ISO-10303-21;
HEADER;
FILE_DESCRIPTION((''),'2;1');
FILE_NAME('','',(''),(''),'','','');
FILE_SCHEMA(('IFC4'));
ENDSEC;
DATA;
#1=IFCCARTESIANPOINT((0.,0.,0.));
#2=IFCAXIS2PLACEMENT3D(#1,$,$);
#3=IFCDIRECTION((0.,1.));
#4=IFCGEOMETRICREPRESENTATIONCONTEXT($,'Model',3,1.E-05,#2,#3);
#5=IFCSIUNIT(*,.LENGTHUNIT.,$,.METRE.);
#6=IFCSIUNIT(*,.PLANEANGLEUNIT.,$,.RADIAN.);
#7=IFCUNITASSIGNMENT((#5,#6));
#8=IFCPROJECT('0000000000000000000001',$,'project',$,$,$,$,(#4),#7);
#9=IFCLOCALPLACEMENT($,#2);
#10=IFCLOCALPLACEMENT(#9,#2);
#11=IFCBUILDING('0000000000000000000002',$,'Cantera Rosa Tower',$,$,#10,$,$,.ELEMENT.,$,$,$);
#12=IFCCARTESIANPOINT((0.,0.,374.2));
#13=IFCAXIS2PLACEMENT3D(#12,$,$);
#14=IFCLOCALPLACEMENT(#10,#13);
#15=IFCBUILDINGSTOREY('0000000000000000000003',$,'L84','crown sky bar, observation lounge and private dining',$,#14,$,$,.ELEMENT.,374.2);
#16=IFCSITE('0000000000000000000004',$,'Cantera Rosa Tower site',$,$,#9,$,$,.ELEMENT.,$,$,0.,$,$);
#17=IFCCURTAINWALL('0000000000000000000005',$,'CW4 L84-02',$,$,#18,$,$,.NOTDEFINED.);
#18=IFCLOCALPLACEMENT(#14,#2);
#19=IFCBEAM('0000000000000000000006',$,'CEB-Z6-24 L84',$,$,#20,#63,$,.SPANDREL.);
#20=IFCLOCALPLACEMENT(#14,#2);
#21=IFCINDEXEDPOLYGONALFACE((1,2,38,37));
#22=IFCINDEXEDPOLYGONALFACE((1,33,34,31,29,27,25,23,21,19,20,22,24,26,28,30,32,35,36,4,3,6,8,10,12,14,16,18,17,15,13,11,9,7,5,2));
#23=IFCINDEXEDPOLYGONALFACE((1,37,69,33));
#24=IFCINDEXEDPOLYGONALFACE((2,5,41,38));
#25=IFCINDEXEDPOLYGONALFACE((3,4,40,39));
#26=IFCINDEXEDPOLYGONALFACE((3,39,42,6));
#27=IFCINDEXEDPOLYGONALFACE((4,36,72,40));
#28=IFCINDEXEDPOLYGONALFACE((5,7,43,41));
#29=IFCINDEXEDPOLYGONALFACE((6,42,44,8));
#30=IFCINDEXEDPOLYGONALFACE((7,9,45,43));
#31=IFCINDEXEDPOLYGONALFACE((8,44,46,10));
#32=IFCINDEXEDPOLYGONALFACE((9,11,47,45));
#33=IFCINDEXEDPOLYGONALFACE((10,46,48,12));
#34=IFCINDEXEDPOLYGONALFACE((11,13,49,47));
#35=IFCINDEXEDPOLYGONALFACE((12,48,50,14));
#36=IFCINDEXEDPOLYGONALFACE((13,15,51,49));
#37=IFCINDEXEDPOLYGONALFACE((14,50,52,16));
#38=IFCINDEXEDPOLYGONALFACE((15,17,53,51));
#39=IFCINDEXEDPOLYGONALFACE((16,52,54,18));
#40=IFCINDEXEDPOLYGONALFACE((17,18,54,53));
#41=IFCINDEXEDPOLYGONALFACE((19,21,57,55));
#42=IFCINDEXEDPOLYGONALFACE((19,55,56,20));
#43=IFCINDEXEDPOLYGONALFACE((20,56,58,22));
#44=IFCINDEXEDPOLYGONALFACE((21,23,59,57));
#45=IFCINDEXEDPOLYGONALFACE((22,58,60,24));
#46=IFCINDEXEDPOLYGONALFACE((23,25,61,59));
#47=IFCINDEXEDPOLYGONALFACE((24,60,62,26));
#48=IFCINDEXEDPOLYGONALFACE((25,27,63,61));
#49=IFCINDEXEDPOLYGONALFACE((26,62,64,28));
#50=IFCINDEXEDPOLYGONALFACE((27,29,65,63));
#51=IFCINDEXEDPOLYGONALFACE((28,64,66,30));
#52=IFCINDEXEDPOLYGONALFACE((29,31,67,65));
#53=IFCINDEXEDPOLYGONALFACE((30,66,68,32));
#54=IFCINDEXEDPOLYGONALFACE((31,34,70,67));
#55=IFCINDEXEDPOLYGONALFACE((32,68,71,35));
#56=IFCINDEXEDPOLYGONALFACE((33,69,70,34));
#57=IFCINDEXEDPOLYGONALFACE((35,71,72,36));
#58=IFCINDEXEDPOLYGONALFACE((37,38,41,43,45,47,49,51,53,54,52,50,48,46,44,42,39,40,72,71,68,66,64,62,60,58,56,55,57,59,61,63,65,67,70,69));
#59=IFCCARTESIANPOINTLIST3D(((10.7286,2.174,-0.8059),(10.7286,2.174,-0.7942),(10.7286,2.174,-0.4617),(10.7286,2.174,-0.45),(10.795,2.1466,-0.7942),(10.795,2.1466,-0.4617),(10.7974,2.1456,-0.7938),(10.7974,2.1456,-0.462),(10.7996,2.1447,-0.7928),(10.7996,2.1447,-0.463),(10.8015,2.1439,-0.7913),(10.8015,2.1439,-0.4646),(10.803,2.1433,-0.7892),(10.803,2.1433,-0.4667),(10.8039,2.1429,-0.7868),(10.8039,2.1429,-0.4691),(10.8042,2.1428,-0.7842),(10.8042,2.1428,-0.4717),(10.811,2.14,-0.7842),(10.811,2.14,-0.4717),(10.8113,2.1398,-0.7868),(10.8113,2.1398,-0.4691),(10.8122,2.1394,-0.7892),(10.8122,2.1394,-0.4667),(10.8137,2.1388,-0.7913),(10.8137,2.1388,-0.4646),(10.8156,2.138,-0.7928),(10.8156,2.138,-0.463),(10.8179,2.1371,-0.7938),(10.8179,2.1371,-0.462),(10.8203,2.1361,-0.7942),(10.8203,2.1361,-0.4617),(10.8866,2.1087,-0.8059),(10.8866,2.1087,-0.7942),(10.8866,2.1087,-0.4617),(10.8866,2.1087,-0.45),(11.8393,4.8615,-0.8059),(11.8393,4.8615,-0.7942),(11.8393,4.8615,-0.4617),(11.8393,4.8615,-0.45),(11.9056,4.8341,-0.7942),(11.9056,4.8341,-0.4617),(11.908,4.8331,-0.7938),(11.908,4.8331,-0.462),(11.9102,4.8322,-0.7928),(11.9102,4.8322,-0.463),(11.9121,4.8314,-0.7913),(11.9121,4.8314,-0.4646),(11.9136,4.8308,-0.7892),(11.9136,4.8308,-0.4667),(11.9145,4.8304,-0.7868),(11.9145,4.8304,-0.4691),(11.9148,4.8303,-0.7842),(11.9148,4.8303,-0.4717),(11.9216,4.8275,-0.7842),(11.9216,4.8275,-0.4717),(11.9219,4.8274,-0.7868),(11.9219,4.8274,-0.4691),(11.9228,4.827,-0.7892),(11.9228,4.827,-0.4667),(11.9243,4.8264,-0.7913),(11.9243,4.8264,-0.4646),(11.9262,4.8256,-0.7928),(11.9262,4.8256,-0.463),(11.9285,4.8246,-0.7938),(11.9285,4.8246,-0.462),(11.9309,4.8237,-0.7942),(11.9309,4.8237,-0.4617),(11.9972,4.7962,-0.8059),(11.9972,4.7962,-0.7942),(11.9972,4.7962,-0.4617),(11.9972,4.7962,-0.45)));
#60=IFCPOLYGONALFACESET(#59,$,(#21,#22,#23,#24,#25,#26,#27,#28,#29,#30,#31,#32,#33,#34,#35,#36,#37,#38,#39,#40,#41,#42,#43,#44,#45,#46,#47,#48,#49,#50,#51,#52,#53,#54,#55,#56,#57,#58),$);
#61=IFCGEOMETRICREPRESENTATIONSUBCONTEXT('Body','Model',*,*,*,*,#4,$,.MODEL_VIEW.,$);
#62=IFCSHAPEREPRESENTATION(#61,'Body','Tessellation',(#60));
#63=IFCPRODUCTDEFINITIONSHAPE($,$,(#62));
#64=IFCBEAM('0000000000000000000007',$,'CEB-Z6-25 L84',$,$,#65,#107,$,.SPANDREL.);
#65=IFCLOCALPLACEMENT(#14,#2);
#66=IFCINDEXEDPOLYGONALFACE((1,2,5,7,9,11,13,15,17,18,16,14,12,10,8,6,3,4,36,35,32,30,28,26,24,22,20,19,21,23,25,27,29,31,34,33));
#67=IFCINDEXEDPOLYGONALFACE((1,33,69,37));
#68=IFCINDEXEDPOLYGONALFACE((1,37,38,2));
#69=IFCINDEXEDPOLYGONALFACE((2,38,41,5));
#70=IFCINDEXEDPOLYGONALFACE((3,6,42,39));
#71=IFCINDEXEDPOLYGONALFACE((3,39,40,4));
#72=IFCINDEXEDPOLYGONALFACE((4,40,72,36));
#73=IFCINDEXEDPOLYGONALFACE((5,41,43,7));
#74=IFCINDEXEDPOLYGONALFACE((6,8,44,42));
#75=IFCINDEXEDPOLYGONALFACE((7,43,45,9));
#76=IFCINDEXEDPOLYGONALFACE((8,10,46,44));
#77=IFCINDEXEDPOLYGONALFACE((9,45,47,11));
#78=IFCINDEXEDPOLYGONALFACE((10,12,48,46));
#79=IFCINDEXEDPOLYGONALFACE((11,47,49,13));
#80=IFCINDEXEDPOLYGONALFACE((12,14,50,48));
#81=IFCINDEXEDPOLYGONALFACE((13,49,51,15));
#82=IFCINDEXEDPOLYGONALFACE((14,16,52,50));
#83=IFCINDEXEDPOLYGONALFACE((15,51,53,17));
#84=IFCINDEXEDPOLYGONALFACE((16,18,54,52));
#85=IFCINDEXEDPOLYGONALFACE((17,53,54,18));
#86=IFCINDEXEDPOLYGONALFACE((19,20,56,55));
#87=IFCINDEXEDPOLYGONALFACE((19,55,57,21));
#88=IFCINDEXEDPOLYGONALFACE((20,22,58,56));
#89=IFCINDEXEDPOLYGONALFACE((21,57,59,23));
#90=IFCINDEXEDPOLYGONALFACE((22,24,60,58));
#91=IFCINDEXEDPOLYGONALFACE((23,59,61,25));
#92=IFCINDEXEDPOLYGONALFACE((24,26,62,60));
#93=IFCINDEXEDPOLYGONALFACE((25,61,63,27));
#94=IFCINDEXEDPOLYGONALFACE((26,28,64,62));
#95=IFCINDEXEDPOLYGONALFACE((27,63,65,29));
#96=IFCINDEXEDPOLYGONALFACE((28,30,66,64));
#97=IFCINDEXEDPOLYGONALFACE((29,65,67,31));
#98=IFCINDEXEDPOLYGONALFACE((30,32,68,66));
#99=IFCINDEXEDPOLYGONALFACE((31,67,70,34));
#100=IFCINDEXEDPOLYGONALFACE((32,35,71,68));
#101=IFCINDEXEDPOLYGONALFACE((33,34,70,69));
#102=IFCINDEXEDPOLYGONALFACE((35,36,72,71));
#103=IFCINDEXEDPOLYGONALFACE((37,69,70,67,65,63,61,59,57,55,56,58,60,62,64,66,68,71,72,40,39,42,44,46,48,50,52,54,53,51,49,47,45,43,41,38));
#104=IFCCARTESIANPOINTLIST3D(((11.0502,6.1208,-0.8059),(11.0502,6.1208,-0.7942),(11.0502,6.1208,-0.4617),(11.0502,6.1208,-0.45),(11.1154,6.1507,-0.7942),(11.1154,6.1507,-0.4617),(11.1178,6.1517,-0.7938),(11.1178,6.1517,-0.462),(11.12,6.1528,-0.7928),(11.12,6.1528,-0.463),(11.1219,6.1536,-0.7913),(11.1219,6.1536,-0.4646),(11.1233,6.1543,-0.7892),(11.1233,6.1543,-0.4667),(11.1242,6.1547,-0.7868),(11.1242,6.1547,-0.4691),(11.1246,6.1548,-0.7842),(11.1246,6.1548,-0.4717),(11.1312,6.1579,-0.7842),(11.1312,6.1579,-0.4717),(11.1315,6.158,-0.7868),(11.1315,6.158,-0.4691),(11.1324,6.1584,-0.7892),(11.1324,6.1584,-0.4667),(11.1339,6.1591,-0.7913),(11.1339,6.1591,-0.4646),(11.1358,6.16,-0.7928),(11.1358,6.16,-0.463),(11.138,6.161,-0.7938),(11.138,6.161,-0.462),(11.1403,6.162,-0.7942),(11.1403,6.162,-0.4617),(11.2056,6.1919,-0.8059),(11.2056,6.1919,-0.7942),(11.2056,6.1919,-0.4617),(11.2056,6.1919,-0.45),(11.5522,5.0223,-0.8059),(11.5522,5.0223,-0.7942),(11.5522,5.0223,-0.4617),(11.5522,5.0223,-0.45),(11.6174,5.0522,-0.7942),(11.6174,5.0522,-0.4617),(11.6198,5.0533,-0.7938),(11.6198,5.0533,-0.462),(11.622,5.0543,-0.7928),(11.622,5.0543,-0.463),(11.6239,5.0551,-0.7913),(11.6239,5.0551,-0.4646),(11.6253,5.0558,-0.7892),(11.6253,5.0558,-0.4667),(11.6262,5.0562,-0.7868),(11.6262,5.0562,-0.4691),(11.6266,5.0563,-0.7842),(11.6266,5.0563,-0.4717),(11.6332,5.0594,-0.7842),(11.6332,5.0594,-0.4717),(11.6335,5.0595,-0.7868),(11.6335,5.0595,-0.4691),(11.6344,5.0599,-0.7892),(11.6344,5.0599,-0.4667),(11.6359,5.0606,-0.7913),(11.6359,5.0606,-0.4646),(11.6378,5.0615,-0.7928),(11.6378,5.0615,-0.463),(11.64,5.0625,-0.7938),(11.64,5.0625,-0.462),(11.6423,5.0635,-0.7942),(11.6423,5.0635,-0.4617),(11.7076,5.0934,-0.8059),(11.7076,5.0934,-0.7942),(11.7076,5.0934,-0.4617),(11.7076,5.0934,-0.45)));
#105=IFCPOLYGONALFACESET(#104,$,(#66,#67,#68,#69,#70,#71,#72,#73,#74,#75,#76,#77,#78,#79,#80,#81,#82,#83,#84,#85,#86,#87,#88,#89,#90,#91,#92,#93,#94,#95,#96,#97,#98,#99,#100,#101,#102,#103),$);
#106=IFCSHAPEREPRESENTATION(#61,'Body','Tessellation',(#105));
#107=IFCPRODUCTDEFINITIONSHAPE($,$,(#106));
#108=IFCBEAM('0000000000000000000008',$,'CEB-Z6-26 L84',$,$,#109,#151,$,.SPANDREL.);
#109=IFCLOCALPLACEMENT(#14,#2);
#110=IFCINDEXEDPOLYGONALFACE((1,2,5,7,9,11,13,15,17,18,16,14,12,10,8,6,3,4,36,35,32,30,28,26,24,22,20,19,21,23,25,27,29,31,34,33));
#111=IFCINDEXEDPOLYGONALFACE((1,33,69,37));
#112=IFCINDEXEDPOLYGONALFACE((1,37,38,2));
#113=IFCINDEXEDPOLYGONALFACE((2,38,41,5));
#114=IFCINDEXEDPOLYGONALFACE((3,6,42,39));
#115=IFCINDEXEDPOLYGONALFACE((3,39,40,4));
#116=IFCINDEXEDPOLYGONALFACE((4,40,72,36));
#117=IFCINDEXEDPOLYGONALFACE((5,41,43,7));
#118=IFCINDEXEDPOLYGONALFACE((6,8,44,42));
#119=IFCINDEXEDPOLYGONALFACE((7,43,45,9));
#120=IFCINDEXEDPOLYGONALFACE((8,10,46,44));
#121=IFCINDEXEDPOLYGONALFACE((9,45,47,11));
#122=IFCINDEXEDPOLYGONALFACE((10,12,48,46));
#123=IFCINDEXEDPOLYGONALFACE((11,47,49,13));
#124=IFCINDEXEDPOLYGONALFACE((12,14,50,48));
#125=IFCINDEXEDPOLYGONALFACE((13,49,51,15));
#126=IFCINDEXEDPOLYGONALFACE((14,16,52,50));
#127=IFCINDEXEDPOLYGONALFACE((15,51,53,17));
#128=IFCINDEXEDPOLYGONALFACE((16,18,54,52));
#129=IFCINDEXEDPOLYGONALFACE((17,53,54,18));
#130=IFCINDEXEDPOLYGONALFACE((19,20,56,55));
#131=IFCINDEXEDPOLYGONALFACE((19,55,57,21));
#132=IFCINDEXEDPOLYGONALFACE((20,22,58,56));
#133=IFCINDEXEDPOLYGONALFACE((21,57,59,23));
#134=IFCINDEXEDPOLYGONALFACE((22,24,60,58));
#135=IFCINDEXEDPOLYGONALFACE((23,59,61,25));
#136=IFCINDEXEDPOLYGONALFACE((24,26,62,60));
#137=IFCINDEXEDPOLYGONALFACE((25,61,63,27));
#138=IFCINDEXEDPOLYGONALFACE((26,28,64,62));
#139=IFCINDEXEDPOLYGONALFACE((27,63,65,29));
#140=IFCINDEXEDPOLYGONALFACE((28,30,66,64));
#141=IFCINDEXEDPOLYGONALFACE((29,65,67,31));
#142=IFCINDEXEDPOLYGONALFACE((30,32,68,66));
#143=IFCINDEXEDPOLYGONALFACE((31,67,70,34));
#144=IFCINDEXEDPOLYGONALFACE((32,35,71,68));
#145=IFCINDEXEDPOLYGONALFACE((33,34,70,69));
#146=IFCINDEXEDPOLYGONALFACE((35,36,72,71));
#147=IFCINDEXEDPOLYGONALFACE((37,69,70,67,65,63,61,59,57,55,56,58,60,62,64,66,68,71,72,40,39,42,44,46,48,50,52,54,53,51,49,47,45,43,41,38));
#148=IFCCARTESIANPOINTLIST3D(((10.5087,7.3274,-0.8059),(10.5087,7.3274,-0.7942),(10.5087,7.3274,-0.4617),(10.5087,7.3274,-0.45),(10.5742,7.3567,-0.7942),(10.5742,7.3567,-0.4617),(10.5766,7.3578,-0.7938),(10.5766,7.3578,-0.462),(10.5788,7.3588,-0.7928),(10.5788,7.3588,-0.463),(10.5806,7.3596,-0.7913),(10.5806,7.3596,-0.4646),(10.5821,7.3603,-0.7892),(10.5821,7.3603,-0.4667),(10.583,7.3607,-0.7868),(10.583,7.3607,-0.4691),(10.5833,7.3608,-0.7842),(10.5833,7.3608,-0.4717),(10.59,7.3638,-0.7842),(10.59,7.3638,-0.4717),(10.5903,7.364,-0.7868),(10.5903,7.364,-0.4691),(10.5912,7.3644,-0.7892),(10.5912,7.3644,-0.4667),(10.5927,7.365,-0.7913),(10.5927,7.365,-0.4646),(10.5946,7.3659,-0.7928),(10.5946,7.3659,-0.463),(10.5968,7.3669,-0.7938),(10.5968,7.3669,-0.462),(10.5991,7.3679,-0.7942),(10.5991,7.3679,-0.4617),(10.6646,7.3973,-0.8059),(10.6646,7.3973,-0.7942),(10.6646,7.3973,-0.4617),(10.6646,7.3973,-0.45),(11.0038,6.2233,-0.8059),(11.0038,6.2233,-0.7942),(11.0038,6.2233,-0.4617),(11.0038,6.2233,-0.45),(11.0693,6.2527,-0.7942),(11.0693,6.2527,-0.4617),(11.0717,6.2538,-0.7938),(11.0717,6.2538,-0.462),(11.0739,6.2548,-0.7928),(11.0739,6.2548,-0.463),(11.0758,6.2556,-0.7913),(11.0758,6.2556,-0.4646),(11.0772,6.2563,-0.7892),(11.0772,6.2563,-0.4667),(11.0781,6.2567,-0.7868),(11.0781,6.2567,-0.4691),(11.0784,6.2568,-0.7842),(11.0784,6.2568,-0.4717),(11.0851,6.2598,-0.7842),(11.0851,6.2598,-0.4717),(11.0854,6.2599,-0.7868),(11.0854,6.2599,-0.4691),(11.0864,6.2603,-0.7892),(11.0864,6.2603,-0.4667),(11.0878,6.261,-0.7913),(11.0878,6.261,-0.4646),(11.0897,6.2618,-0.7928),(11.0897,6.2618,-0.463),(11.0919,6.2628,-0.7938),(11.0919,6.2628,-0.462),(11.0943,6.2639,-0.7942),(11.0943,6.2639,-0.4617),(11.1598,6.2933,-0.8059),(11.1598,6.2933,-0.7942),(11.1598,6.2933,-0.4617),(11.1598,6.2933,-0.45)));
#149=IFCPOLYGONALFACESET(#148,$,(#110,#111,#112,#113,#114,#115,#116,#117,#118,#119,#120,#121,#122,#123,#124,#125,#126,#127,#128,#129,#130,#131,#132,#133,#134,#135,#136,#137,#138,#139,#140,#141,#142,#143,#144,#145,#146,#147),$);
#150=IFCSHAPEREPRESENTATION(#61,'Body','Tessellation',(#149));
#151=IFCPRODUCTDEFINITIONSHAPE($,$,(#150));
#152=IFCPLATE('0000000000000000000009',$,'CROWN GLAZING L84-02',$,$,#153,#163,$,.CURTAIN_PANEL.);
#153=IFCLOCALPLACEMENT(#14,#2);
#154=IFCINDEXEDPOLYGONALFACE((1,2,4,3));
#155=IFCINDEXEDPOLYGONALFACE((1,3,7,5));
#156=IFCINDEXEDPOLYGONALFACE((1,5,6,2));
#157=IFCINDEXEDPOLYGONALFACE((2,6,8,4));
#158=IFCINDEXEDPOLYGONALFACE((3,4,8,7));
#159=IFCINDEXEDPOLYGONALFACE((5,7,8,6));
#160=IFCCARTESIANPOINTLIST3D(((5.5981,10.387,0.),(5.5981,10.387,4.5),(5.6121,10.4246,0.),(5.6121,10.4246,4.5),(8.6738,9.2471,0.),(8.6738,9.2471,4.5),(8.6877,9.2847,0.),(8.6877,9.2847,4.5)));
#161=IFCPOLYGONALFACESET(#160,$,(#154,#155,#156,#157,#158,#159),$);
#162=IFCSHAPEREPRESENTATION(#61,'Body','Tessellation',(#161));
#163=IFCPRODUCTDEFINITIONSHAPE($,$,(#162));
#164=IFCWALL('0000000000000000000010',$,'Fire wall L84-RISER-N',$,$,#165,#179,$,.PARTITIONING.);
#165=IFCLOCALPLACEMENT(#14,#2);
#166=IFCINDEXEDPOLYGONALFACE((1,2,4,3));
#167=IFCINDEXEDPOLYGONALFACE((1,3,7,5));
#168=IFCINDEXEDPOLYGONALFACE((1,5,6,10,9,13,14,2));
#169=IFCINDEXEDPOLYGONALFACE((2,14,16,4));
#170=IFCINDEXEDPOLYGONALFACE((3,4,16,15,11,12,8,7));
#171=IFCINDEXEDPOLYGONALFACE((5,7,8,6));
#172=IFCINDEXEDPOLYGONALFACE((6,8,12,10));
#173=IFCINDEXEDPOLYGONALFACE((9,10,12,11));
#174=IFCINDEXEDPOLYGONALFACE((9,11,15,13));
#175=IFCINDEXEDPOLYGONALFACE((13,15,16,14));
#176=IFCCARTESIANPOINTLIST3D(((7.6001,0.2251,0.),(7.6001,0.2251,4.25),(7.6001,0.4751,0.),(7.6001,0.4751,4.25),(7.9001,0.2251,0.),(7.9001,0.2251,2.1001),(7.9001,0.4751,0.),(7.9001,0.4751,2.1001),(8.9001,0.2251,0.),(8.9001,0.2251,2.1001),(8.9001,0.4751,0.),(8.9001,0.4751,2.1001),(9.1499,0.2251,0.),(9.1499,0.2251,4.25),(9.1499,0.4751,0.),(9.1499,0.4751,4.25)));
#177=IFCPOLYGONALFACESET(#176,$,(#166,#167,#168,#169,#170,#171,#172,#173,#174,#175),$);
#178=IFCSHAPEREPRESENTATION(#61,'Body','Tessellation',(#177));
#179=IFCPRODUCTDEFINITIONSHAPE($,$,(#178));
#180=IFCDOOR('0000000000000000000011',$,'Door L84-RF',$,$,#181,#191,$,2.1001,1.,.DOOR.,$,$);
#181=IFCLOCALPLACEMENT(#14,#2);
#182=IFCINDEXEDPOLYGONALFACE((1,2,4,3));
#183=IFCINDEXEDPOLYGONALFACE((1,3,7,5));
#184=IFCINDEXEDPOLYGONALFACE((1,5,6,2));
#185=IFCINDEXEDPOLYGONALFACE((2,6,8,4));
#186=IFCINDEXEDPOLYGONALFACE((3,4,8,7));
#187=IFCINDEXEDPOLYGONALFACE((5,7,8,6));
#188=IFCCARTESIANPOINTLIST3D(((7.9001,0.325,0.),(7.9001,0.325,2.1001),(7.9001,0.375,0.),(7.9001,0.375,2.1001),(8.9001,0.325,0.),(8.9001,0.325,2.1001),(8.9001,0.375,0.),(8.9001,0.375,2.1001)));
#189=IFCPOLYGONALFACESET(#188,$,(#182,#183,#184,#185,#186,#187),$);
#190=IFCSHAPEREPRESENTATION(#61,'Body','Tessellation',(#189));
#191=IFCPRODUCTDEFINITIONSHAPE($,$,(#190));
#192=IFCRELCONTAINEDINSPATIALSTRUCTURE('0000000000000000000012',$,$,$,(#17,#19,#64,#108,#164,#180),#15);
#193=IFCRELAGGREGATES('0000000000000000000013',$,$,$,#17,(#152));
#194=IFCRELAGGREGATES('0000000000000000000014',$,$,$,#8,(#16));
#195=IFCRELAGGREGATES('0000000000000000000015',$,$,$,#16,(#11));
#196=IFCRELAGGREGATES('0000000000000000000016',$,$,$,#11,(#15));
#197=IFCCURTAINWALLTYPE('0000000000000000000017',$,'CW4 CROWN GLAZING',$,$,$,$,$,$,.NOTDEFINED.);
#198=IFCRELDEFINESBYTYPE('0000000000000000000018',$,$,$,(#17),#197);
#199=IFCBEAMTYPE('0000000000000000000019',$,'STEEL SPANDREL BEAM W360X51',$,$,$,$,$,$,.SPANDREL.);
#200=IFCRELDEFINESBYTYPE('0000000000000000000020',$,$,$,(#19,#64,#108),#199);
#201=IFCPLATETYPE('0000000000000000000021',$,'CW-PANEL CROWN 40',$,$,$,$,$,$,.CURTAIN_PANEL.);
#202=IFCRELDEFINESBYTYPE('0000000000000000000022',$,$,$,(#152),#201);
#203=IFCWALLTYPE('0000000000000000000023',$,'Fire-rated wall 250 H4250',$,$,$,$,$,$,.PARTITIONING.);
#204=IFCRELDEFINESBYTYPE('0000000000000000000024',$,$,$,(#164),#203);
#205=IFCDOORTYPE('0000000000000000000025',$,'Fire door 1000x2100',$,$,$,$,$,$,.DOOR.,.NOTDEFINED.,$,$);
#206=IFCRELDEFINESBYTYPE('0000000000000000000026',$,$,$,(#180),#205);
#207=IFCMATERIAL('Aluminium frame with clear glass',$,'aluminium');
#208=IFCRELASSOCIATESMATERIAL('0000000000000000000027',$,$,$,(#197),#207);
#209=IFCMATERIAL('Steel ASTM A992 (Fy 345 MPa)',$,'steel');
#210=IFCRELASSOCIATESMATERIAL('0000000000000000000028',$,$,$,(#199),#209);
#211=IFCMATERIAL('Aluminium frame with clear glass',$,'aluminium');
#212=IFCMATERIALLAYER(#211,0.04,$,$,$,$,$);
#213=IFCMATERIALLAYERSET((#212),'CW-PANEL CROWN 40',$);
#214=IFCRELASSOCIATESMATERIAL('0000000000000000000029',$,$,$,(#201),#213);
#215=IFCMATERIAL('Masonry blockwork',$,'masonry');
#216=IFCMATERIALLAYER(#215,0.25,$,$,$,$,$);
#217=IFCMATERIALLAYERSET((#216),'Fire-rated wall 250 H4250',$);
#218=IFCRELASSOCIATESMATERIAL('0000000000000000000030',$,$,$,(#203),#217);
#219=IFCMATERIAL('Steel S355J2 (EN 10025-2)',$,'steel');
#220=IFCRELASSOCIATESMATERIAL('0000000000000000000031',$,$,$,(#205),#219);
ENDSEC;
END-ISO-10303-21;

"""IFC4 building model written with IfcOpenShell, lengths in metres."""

from ifc_helpers import new_model, si_unit, direction, frame, frame_2d, origin, origin_2d, place, context, subcontext, project, spatial, polyline, rectangle, i_section, outline, extrude, material, layer, layer_set, material_profile, profile_set, type_object, element, fill, aggregate, save


model = new_model("IFC4")

# Units and contexts
model_context = context("Model", 3, precision=1e-05, world=origin(), true_north=direction((0.0, 1.0)))
body_context = subcontext(model_context, "Body", "Model", "MODEL_VIEW")
ifc_project = project(units=[si_unit("LENGTHUNIT", "METRE"), si_unit("PLANEANGLEUNIT", "RADIAN")], contexts=[model_context])

# Site, building, storey
site_placement = place(None, origin())
site = spatial("IfcSite", under=ifc_project, at=site_placement, Name="Cantera Rosa Tower site", CompositionType="ELEMENT", RefElevation=0.0)
building_placement = place(site_placement, origin())
building = spatial("IfcBuilding", under=site, at=building_placement, Name="Cantera Rosa Tower", CompositionType="ELEMENT")
storey_placement = place(building_placement, frame((0.0, 0.0, 374.2)))
storey = spatial("IfcBuildingStorey", under=building, at=storey_placement, Name="L84", Description="crown sky bar, observation lounge and private dining", CompositionType="ELEMENT", Elevation=374.2)

# Curtain wall
ifc_material_1 = material(Name="Aluminium frame with clear glass", Category="aluminium")
curtain_wall_type = type_object("IfcCurtainWallType", Name="CW4 CROWN GLAZING", PredefinedType="NOTDEFINED", material=ifc_material_1)
curtain_wall_1_placement = place(storey_placement, origin())
curtain_wall_1 = element("IfcCurtainWall", 1, at=curtain_wall_1_placement, inside=storey, type_object=curtain_wall_type, Name="CW4 L84-02", PredefinedType="NOTDEFINED")

# Beams
ifc_material_2 = material(Name="Steel ASTM A992 (Fy 345 MPa)", Category="steel")
ifc_material_profile_1 = material_profile(ifc_material_2, i_section(OverallWidth=0.1709, OverallDepth=0.356, WebThickness=0.0073, FlangeThickness=0.0117, FilletRadius=0.01, at=origin_2d()), Name="W360X51")
ifc_profile_set_1 = profile_set([ifc_material_profile_1], Name="Steel ASTM A992 (Fy 345 MPa)")
beam_type_1 = type_object("IfcBeamType", Name="STEEL SPANDREL BEAM W360X51", PredefinedType="SPANDREL", material=ifc_profile_set_1)
beam_1_placement = place(storey_placement, frame((10.8076, 2.1414, -0.6279), z_axis=(0.381919, 0.924196, 0.0), x_axis=(-0.924196, 0.381919, 0.0)))
element("IfcBeam", 2, at=beam_1_placement, inside=storey, type_object=beam_type_1, Name="CEB-Z6-24 L84", PredefinedType="SPANDREL", context=body_context, shape_type="SweptSolid", body=[
    extrude(i_section(OverallWidth=0.1709, OverallDepth=0.356, WebThickness=0.0073, FlangeThickness=0.0117, FilletRadius=0.01, at=origin_2d()), origin(), (0.0, 0.0, 1.0), 2.908),
])
beam_2_placement = place(storey_placement, frame((11.6299, 5.0579, -0.6279), z_axis=(-0.415645, 0.909527, 0.0), x_axis=(-0.909527, -0.415645, 0.0)))
element("IfcBeam", 3, at=beam_2_placement, inside=storey, type_object=beam_type_1, Name="CEB-Z6-25 L84", PredefinedType="SPANDREL", context=body_context, shape_type="SweptSolid", body=[
    extrude(i_section(OverallWidth=0.1709, OverallDepth=0.356, WebThickness=0.0073, FlangeThickness=0.0117, FilletRadius=0.01, at=origin_2d()), origin(), (0.0, 0.0, 1.0), 1.2078),
])
beam_3_placement = place(storey_placement, frame((11.0818, 6.2583, -0.6279), z_axis=(-0.409207, 0.912442, 0.0), x_axis=(-0.912442, -0.409207, 0.0)))
element("IfcBeam", 4, at=beam_3_placement, inside=storey, type_object=beam_type_1, Name="CEB-Z6-26 L84", PredefinedType="SPANDREL", context=body_context, shape_type="SweptSolid", body=[
    extrude(i_section(OverallWidth=0.1709, OverallDepth=0.356, WebThickness=0.0073, FlangeThickness=0.0117, FilletRadius=0.01, at=origin_2d()), origin(), (0.0, 0.0, 1.0), 1.21),
])

# Plate
ifc_material_3 = material(Name="Aluminium frame with clear glass", Category="aluminium")
ifc_layer_1 = layer(ifc_material_3, 0.04)
ifc_layer_set_1 = layer_set([ifc_layer_1], Name="CW-PANEL CROWN 40")
plate_type = type_object("IfcPlateType", Name="CW-PANEL CROWN 40", PredefinedType="CURTAIN_PANEL", material=ifc_layer_set_1)
plate_placement = place(storey_placement, frame((8.6877, 9.2847, 0.0), z_axis=(0.347516, 0.937674, 0.0), x_axis=(-0.937674, 0.347516, 0.0)))
plate = element("IfcPlate", 5, at=plate_placement, type_object=plate_type, Name="CROWN GLAZING L84-02", PredefinedType="CURTAIN_PANEL", context=body_context, shape_type="SweptSolid", body=[
    extrude(outline(polyline([(0.0, 0.0), (3.2801, 0.0), (3.2801, 4.5), (0.0, 4.5), (0.0, 0.0)])), origin(), (0.0, 0.0, -1.0), 0.04),
])

# Wall, opening, door
ifc_material_4 = material(Name="Masonry blockwork", Category="masonry")
ifc_layer_2 = layer(ifc_material_4, 0.25)
ifc_layer_set_2 = layer_set([ifc_layer_2], Name="Fire-rated wall 250 H4250")
wall_type = type_object("IfcWallType", Name="Fire-rated wall 250 H4250", PredefinedType="PARTITIONING", material=ifc_layer_set_2)
wall_placement = place(storey_placement, frame((7.6001, 0.3501, 0.0), z_axis=(0.0, 0.0, 1.0), x_axis=(1.0, 0.0, 0.0)))
wall = element("IfcWall", 6, at=wall_placement, inside=storey, type_object=wall_type, Name="Fire wall L84-RISER-N", PredefinedType="PARTITIONING", context=body_context, shape_type="SweptSolid", body=[
    extrude(rectangle(XDim=1.5498, YDim=0.25, at=frame_2d((0.7749, 0.0))), origin(), (0.0, 0.0, 1.0), 4.25),
])
opening_placement = place(wall_placement, frame((0.3, 0.0, 0.0)))
opening = element("IfcOpeningElement", 7, at=opening_placement, cuts=wall, PredefinedType="OPENING", context=body_context, shape_type="SweptSolid", body=[
    extrude(rectangle(XDim=1.0, YDim=2.1001, at=frame_2d((0.5, 1.05))), frame((0.0, 0.135, 0.0), z_axis=(0.0, -1.0, 0.0), x_axis=(1.0, 0.0, 0.0)), (0.0, 0.0, 1.0), 0.27),
])
ifc_material_5 = material(Name="Steel S355J2 (EN 10025-2)", Category="steel")
door_type = type_object("IfcDoorType", Name="Fire door 1000x2100", OperationType="NOTDEFINED", PredefinedType="DOOR", material=ifc_material_5)
door_placement = place(opening_placement, origin())
door = element("IfcDoor", 8, at=door_placement, inside=storey, type_object=door_type, Name="Door L84-RF", OverallHeight=2.1001, OverallWidth=1.0, PredefinedType="DOOR", context=body_context, shape_type="SweptSolid", body=[
    extrude(rectangle(XDim=1.0, YDim=2.1001, at=frame_2d((0.5, 1.05))), frame((0.0, 0.0249, 0.0), z_axis=(0.0, -1.0, 0.0), x_axis=(1.0, 0.0, 0.0)), (0.0, 0.0, 1.0), 0.05),
])
fill(opening, door)

aggregate(curtain_wall_1, [plate])

save(model, "model.ifc")
